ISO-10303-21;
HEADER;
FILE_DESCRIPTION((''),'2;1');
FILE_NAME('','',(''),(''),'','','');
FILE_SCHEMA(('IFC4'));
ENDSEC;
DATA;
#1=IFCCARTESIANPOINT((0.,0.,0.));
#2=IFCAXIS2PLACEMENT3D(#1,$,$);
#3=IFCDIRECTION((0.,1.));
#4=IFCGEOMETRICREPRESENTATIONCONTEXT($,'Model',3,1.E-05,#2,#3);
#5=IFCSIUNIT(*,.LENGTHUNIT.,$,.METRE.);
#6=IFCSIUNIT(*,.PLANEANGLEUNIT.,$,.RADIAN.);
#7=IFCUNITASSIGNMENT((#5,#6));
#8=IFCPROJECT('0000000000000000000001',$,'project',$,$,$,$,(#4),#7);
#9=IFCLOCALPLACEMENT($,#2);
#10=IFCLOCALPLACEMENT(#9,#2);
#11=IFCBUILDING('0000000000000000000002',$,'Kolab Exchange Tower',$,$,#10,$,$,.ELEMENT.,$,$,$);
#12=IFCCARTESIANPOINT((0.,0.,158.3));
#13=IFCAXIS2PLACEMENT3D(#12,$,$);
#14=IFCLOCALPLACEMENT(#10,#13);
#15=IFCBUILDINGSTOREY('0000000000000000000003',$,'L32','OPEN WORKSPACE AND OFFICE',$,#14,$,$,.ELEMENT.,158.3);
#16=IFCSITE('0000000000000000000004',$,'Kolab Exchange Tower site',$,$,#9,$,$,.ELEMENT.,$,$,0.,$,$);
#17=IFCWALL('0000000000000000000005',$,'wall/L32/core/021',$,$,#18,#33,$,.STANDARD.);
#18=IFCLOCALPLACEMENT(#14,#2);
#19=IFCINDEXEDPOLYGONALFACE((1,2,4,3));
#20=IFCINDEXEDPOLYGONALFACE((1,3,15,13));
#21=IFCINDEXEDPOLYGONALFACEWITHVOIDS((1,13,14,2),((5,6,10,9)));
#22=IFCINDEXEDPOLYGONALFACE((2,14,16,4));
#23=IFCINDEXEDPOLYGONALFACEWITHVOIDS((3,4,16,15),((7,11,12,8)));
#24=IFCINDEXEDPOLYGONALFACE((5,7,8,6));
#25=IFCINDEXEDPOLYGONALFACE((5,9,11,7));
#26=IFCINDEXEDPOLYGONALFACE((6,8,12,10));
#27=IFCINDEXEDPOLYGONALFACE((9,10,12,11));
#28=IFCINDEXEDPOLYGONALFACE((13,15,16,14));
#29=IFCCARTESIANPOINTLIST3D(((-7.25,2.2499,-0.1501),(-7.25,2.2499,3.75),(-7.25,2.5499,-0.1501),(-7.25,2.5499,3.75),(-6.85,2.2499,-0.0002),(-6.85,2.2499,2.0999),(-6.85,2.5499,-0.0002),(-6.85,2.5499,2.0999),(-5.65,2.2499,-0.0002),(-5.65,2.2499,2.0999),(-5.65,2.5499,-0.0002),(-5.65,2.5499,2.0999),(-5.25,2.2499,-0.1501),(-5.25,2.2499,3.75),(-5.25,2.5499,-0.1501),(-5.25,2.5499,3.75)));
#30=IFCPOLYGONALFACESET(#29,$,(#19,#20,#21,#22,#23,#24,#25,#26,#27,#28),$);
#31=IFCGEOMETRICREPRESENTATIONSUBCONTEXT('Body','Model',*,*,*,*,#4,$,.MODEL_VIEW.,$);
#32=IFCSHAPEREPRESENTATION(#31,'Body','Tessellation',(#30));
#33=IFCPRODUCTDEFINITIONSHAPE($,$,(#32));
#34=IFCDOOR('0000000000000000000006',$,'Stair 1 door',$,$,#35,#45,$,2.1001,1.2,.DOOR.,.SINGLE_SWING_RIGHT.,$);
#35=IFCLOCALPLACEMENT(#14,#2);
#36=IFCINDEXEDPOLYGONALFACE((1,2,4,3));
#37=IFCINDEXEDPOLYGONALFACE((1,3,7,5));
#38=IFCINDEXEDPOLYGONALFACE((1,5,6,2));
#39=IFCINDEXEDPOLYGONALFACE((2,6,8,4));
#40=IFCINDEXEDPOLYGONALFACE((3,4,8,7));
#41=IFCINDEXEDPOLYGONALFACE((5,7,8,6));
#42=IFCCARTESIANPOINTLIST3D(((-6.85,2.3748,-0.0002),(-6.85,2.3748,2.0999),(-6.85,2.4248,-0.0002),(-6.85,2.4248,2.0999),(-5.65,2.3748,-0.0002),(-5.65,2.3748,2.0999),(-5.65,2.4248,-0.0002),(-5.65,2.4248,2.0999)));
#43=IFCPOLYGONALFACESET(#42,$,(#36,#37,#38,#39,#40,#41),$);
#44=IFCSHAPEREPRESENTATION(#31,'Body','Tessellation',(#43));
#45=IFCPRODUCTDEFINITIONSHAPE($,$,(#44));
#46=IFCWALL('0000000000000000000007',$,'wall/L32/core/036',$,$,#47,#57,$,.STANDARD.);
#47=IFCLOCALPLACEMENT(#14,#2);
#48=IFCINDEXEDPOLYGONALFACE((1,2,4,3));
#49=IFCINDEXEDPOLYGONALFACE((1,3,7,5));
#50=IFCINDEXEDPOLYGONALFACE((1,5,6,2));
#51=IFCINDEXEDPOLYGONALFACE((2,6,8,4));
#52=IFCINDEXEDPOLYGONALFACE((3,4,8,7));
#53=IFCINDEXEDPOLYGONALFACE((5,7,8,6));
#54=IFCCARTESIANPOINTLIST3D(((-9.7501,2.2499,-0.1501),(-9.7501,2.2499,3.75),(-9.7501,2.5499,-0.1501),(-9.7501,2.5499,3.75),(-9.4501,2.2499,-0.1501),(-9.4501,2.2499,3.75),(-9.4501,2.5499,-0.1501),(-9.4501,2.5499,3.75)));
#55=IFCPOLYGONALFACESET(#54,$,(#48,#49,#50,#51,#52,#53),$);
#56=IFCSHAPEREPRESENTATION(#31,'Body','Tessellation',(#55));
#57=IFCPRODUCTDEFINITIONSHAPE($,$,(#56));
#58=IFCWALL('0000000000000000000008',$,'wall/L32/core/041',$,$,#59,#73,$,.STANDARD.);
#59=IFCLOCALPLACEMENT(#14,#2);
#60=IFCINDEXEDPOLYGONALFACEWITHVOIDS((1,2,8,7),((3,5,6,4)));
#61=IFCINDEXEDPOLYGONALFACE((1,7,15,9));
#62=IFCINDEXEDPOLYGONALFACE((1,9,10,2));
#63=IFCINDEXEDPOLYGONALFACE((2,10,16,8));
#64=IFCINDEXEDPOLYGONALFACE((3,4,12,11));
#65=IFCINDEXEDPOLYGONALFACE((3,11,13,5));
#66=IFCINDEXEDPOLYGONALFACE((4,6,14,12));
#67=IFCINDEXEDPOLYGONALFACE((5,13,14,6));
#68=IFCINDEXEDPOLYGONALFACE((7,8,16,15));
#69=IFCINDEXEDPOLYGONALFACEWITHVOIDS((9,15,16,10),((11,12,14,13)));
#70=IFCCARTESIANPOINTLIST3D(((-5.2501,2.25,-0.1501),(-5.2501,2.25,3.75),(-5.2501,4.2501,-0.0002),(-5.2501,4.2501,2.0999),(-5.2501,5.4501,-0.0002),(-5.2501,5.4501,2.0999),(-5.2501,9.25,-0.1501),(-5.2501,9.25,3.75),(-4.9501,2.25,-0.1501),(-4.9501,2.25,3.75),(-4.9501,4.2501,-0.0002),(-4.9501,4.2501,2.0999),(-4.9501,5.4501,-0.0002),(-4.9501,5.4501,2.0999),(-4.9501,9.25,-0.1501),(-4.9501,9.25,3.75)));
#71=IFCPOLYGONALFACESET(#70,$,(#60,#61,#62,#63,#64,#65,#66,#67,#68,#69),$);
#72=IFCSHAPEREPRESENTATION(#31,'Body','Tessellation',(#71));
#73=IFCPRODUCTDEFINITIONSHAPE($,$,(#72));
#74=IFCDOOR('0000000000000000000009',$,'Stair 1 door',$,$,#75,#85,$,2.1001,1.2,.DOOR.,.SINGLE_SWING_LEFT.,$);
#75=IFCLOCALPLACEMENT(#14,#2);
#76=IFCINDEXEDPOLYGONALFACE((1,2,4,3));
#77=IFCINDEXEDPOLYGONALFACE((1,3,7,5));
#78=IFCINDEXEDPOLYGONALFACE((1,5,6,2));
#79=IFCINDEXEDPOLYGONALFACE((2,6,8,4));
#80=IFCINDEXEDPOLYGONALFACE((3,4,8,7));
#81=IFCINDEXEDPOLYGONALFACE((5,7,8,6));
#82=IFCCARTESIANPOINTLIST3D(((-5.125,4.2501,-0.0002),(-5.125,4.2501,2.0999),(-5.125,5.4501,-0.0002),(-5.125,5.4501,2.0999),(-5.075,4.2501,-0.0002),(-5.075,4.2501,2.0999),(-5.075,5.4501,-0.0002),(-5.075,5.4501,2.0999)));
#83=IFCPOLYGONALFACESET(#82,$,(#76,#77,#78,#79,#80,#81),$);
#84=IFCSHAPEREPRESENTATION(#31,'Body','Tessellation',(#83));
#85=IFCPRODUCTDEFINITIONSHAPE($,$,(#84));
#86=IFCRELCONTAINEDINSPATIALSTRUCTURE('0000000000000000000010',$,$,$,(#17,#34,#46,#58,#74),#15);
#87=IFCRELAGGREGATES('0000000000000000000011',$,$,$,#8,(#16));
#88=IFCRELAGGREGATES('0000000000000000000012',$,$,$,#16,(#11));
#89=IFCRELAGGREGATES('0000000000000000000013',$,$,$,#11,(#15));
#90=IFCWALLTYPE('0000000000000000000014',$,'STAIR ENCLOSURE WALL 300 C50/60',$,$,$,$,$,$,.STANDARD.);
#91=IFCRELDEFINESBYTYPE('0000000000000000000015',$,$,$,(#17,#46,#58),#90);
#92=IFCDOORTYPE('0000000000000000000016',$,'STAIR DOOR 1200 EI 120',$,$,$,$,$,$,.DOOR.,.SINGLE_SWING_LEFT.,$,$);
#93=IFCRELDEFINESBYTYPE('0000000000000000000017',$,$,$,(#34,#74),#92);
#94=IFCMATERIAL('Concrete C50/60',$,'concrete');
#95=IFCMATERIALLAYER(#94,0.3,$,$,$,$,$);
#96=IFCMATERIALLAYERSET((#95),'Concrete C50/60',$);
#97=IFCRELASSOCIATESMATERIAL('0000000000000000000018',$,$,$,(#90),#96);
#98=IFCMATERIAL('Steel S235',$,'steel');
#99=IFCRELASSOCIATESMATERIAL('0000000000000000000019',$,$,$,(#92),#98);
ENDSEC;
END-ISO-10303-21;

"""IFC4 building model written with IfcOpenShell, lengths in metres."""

from ifc_helpers import new_model, si_unit, direction, frame, frame_2d, origin, place, context, subcontext, project, spatial, rectangle, extrude, material, layer, layer_set, type_object, element, fill, save


model = new_model("IFC4")

# Units and contexts
model_context = context("Model", 3, precision=1e-05, world=origin(), true_north=direction((0.0, 1.0)))
body_context = subcontext(model_context, "Body", "Model", "MODEL_VIEW")
ifc_project = project(units=[si_unit("LENGTHUNIT", "METRE"), si_unit("PLANEANGLEUNIT", "RADIAN")], contexts=[model_context])

# Site, building, storey
site_placement = place(None, origin())
site = spatial("IfcSite", under=ifc_project, at=site_placement, Name="Kolab Exchange Tower site", CompositionType="ELEMENT", RefElevation=0.0)
building_placement = place(site_placement, origin())
building = spatial("IfcBuilding", under=site, at=building_placement, Name="Kolab Exchange Tower", CompositionType="ELEMENT")
storey_placement = place(building_placement, frame((0.0, 0.0, 158.3)))
storey = spatial("IfcBuildingStorey", under=building, at=storey_placement, Name="L32", Description="OPEN WORKSPACE AND OFFICE", CompositionType="ELEMENT", Elevation=158.3)

# Shared definitions
ifc_material_1 = material(Name="Concrete C50/60", Category="concrete")

# Shared definitions
ifc_material_2 = material(Name="Steel S235", Category="steel")

# Shared definitions
ifc_layer_1 = layer(ifc_material_1, 0.3)
ifc_layer_set_1 = layer_set([ifc_layer_1], Name="Concrete C50/60")
wall_type_1 = type_object("IfcWallType", Name="STAIR ENCLOSURE WALL 300 C50/60", PredefinedType="STANDARD", material=ifc_layer_set_1)

# Wall, opening, door
wall_1_placement = place(storey_placement, frame((-7.25, 2.3999, -0.1501), z_axis=(0.0, 0.0, 1.0), x_axis=(1.0, 0.0, 0.0)))
wall_1 = element("IfcWall", 1, at=wall_1_placement, inside=storey, type_object=wall_type_1, Name="wall/L32/core/021", PredefinedType="STANDARD", context=body_context, shape_type="SweptSolid", body=[
    extrude(rectangle(XDim=2.0, YDim=0.3, at=frame_2d((1.0, 0.0))), origin(), (0.0, 0.0, 1.0), 3.9001),
])
opening_1_placement = place(wall_1_placement, frame((0.3999, 0.0, 0.1499)))
opening_1 = element("IfcOpeningElement", 2, at=opening_1_placement, cuts=wall_1, PredefinedType="OPENING", context=body_context, shape_type="SweptSolid", body=[
    extrude(rectangle(XDim=1.2, YDim=2.1001, at=frame_2d((0.6001, 1.05))), frame((0.0, 0.1602, 0.0), z_axis=(0.0, -1.0, 0.0), x_axis=(1.0, 0.0, 0.0)), (0.0, 0.0, 1.0), 0.3201),
])
door_type_1 = type_object("IfcDoorType", Name="STAIR DOOR 1200 EI 120", OperationType="SINGLE_SWING_LEFT", PredefinedType="DOOR", material=ifc_material_2)
door_1_placement = place(opening_1_placement, origin())
door_1 = element("IfcDoor", 3, at=door_1_placement, inside=storey, type_object=door_type_1, Name="Stair 1 door", OperationType="SINGLE_SWING_RIGHT", OverallHeight=2.1001, OverallWidth=1.2, PredefinedType="DOOR", context=body_context, shape_type="SweptSolid", body=[
    extrude(rectangle(XDim=1.2, YDim=2.1001, at=frame_2d((0.6001, 1.05))), frame((0.0, 0.0249, 0.0), z_axis=(0.0, -1.0, 0.0), x_axis=(1.0, 0.0, 0.0)), (0.0, 0.0, 1.0), 0.05),
])
fill(opening_1, door_1)

# Wall
wall_2_placement = place(storey_placement, frame((-9.6001, 2.25, -0.1501), z_axis=(0.0, 0.0, 1.0), x_axis=(0.0, 1.0, 0.0)))
element("IfcWall", 4, at=wall_2_placement, inside=storey, type_object=wall_type_1, Name="wall/L32/core/036", PredefinedType="STANDARD", context=body_context, shape_type="SweptSolid", body=[
    extrude(rectangle(XDim=0.3, YDim=0.3, at=frame_2d((0.1499, 0.0))), origin(), (0.0, 0.0, 1.0), 3.9001),
])

# Wall, opening, door
wall_3_placement = place(storey_placement, frame((-5.1001, 2.25, -0.1501), z_axis=(0.0, 0.0, 1.0), x_axis=(0.0, 1.0, 0.0)))
wall_3 = element("IfcWall", 5, at=wall_3_placement, inside=storey, type_object=wall_type_1, Name="wall/L32/core/041", PredefinedType="STANDARD", context=body_context, shape_type="SweptSolid", body=[
    extrude(rectangle(XDim=7.0, YDim=0.3, at=frame_2d((3.5, 0.0))), origin(), (0.0, 0.0, 1.0), 3.9001),
])
opening_2_placement = place(wall_3_placement, frame((2.0, 0.0, 0.1499)))
opening_2 = element("IfcOpeningElement", 6, at=opening_2_placement, cuts=wall_3, PredefinedType="OPENING", context=body_context, shape_type="SweptSolid", body=[
    extrude(rectangle(XDim=1.2, YDim=2.1001, at=frame_2d((0.6001, 1.05))), frame((0.0, 0.1602, 0.0), z_axis=(0.0, -1.0, 0.0), x_axis=(1.0, 0.0, 0.0)), (0.0, 0.0, 1.0), 0.3201),
])
door_2_placement = place(opening_2_placement, origin())
door_2 = element("IfcDoor", 7, at=door_2_placement, inside=storey, type_object=door_type_1, Name="Stair 1 door", OperationType="SINGLE_SWING_LEFT", OverallHeight=2.1001, OverallWidth=1.2, PredefinedType="DOOR", context=body_context, shape_type="SweptSolid", body=[
    extrude(rectangle(XDim=1.2, YDim=2.1001, at=frame_2d((0.6001, 1.05))), frame((0.0, 0.0249, 0.0), z_axis=(0.0, -1.0, 0.0), x_axis=(1.0, 0.0, 0.0)), (0.0, 0.0, 1.0), 0.05),
])
fill(opening_2, door_2)

save(model, "model.ifc")
